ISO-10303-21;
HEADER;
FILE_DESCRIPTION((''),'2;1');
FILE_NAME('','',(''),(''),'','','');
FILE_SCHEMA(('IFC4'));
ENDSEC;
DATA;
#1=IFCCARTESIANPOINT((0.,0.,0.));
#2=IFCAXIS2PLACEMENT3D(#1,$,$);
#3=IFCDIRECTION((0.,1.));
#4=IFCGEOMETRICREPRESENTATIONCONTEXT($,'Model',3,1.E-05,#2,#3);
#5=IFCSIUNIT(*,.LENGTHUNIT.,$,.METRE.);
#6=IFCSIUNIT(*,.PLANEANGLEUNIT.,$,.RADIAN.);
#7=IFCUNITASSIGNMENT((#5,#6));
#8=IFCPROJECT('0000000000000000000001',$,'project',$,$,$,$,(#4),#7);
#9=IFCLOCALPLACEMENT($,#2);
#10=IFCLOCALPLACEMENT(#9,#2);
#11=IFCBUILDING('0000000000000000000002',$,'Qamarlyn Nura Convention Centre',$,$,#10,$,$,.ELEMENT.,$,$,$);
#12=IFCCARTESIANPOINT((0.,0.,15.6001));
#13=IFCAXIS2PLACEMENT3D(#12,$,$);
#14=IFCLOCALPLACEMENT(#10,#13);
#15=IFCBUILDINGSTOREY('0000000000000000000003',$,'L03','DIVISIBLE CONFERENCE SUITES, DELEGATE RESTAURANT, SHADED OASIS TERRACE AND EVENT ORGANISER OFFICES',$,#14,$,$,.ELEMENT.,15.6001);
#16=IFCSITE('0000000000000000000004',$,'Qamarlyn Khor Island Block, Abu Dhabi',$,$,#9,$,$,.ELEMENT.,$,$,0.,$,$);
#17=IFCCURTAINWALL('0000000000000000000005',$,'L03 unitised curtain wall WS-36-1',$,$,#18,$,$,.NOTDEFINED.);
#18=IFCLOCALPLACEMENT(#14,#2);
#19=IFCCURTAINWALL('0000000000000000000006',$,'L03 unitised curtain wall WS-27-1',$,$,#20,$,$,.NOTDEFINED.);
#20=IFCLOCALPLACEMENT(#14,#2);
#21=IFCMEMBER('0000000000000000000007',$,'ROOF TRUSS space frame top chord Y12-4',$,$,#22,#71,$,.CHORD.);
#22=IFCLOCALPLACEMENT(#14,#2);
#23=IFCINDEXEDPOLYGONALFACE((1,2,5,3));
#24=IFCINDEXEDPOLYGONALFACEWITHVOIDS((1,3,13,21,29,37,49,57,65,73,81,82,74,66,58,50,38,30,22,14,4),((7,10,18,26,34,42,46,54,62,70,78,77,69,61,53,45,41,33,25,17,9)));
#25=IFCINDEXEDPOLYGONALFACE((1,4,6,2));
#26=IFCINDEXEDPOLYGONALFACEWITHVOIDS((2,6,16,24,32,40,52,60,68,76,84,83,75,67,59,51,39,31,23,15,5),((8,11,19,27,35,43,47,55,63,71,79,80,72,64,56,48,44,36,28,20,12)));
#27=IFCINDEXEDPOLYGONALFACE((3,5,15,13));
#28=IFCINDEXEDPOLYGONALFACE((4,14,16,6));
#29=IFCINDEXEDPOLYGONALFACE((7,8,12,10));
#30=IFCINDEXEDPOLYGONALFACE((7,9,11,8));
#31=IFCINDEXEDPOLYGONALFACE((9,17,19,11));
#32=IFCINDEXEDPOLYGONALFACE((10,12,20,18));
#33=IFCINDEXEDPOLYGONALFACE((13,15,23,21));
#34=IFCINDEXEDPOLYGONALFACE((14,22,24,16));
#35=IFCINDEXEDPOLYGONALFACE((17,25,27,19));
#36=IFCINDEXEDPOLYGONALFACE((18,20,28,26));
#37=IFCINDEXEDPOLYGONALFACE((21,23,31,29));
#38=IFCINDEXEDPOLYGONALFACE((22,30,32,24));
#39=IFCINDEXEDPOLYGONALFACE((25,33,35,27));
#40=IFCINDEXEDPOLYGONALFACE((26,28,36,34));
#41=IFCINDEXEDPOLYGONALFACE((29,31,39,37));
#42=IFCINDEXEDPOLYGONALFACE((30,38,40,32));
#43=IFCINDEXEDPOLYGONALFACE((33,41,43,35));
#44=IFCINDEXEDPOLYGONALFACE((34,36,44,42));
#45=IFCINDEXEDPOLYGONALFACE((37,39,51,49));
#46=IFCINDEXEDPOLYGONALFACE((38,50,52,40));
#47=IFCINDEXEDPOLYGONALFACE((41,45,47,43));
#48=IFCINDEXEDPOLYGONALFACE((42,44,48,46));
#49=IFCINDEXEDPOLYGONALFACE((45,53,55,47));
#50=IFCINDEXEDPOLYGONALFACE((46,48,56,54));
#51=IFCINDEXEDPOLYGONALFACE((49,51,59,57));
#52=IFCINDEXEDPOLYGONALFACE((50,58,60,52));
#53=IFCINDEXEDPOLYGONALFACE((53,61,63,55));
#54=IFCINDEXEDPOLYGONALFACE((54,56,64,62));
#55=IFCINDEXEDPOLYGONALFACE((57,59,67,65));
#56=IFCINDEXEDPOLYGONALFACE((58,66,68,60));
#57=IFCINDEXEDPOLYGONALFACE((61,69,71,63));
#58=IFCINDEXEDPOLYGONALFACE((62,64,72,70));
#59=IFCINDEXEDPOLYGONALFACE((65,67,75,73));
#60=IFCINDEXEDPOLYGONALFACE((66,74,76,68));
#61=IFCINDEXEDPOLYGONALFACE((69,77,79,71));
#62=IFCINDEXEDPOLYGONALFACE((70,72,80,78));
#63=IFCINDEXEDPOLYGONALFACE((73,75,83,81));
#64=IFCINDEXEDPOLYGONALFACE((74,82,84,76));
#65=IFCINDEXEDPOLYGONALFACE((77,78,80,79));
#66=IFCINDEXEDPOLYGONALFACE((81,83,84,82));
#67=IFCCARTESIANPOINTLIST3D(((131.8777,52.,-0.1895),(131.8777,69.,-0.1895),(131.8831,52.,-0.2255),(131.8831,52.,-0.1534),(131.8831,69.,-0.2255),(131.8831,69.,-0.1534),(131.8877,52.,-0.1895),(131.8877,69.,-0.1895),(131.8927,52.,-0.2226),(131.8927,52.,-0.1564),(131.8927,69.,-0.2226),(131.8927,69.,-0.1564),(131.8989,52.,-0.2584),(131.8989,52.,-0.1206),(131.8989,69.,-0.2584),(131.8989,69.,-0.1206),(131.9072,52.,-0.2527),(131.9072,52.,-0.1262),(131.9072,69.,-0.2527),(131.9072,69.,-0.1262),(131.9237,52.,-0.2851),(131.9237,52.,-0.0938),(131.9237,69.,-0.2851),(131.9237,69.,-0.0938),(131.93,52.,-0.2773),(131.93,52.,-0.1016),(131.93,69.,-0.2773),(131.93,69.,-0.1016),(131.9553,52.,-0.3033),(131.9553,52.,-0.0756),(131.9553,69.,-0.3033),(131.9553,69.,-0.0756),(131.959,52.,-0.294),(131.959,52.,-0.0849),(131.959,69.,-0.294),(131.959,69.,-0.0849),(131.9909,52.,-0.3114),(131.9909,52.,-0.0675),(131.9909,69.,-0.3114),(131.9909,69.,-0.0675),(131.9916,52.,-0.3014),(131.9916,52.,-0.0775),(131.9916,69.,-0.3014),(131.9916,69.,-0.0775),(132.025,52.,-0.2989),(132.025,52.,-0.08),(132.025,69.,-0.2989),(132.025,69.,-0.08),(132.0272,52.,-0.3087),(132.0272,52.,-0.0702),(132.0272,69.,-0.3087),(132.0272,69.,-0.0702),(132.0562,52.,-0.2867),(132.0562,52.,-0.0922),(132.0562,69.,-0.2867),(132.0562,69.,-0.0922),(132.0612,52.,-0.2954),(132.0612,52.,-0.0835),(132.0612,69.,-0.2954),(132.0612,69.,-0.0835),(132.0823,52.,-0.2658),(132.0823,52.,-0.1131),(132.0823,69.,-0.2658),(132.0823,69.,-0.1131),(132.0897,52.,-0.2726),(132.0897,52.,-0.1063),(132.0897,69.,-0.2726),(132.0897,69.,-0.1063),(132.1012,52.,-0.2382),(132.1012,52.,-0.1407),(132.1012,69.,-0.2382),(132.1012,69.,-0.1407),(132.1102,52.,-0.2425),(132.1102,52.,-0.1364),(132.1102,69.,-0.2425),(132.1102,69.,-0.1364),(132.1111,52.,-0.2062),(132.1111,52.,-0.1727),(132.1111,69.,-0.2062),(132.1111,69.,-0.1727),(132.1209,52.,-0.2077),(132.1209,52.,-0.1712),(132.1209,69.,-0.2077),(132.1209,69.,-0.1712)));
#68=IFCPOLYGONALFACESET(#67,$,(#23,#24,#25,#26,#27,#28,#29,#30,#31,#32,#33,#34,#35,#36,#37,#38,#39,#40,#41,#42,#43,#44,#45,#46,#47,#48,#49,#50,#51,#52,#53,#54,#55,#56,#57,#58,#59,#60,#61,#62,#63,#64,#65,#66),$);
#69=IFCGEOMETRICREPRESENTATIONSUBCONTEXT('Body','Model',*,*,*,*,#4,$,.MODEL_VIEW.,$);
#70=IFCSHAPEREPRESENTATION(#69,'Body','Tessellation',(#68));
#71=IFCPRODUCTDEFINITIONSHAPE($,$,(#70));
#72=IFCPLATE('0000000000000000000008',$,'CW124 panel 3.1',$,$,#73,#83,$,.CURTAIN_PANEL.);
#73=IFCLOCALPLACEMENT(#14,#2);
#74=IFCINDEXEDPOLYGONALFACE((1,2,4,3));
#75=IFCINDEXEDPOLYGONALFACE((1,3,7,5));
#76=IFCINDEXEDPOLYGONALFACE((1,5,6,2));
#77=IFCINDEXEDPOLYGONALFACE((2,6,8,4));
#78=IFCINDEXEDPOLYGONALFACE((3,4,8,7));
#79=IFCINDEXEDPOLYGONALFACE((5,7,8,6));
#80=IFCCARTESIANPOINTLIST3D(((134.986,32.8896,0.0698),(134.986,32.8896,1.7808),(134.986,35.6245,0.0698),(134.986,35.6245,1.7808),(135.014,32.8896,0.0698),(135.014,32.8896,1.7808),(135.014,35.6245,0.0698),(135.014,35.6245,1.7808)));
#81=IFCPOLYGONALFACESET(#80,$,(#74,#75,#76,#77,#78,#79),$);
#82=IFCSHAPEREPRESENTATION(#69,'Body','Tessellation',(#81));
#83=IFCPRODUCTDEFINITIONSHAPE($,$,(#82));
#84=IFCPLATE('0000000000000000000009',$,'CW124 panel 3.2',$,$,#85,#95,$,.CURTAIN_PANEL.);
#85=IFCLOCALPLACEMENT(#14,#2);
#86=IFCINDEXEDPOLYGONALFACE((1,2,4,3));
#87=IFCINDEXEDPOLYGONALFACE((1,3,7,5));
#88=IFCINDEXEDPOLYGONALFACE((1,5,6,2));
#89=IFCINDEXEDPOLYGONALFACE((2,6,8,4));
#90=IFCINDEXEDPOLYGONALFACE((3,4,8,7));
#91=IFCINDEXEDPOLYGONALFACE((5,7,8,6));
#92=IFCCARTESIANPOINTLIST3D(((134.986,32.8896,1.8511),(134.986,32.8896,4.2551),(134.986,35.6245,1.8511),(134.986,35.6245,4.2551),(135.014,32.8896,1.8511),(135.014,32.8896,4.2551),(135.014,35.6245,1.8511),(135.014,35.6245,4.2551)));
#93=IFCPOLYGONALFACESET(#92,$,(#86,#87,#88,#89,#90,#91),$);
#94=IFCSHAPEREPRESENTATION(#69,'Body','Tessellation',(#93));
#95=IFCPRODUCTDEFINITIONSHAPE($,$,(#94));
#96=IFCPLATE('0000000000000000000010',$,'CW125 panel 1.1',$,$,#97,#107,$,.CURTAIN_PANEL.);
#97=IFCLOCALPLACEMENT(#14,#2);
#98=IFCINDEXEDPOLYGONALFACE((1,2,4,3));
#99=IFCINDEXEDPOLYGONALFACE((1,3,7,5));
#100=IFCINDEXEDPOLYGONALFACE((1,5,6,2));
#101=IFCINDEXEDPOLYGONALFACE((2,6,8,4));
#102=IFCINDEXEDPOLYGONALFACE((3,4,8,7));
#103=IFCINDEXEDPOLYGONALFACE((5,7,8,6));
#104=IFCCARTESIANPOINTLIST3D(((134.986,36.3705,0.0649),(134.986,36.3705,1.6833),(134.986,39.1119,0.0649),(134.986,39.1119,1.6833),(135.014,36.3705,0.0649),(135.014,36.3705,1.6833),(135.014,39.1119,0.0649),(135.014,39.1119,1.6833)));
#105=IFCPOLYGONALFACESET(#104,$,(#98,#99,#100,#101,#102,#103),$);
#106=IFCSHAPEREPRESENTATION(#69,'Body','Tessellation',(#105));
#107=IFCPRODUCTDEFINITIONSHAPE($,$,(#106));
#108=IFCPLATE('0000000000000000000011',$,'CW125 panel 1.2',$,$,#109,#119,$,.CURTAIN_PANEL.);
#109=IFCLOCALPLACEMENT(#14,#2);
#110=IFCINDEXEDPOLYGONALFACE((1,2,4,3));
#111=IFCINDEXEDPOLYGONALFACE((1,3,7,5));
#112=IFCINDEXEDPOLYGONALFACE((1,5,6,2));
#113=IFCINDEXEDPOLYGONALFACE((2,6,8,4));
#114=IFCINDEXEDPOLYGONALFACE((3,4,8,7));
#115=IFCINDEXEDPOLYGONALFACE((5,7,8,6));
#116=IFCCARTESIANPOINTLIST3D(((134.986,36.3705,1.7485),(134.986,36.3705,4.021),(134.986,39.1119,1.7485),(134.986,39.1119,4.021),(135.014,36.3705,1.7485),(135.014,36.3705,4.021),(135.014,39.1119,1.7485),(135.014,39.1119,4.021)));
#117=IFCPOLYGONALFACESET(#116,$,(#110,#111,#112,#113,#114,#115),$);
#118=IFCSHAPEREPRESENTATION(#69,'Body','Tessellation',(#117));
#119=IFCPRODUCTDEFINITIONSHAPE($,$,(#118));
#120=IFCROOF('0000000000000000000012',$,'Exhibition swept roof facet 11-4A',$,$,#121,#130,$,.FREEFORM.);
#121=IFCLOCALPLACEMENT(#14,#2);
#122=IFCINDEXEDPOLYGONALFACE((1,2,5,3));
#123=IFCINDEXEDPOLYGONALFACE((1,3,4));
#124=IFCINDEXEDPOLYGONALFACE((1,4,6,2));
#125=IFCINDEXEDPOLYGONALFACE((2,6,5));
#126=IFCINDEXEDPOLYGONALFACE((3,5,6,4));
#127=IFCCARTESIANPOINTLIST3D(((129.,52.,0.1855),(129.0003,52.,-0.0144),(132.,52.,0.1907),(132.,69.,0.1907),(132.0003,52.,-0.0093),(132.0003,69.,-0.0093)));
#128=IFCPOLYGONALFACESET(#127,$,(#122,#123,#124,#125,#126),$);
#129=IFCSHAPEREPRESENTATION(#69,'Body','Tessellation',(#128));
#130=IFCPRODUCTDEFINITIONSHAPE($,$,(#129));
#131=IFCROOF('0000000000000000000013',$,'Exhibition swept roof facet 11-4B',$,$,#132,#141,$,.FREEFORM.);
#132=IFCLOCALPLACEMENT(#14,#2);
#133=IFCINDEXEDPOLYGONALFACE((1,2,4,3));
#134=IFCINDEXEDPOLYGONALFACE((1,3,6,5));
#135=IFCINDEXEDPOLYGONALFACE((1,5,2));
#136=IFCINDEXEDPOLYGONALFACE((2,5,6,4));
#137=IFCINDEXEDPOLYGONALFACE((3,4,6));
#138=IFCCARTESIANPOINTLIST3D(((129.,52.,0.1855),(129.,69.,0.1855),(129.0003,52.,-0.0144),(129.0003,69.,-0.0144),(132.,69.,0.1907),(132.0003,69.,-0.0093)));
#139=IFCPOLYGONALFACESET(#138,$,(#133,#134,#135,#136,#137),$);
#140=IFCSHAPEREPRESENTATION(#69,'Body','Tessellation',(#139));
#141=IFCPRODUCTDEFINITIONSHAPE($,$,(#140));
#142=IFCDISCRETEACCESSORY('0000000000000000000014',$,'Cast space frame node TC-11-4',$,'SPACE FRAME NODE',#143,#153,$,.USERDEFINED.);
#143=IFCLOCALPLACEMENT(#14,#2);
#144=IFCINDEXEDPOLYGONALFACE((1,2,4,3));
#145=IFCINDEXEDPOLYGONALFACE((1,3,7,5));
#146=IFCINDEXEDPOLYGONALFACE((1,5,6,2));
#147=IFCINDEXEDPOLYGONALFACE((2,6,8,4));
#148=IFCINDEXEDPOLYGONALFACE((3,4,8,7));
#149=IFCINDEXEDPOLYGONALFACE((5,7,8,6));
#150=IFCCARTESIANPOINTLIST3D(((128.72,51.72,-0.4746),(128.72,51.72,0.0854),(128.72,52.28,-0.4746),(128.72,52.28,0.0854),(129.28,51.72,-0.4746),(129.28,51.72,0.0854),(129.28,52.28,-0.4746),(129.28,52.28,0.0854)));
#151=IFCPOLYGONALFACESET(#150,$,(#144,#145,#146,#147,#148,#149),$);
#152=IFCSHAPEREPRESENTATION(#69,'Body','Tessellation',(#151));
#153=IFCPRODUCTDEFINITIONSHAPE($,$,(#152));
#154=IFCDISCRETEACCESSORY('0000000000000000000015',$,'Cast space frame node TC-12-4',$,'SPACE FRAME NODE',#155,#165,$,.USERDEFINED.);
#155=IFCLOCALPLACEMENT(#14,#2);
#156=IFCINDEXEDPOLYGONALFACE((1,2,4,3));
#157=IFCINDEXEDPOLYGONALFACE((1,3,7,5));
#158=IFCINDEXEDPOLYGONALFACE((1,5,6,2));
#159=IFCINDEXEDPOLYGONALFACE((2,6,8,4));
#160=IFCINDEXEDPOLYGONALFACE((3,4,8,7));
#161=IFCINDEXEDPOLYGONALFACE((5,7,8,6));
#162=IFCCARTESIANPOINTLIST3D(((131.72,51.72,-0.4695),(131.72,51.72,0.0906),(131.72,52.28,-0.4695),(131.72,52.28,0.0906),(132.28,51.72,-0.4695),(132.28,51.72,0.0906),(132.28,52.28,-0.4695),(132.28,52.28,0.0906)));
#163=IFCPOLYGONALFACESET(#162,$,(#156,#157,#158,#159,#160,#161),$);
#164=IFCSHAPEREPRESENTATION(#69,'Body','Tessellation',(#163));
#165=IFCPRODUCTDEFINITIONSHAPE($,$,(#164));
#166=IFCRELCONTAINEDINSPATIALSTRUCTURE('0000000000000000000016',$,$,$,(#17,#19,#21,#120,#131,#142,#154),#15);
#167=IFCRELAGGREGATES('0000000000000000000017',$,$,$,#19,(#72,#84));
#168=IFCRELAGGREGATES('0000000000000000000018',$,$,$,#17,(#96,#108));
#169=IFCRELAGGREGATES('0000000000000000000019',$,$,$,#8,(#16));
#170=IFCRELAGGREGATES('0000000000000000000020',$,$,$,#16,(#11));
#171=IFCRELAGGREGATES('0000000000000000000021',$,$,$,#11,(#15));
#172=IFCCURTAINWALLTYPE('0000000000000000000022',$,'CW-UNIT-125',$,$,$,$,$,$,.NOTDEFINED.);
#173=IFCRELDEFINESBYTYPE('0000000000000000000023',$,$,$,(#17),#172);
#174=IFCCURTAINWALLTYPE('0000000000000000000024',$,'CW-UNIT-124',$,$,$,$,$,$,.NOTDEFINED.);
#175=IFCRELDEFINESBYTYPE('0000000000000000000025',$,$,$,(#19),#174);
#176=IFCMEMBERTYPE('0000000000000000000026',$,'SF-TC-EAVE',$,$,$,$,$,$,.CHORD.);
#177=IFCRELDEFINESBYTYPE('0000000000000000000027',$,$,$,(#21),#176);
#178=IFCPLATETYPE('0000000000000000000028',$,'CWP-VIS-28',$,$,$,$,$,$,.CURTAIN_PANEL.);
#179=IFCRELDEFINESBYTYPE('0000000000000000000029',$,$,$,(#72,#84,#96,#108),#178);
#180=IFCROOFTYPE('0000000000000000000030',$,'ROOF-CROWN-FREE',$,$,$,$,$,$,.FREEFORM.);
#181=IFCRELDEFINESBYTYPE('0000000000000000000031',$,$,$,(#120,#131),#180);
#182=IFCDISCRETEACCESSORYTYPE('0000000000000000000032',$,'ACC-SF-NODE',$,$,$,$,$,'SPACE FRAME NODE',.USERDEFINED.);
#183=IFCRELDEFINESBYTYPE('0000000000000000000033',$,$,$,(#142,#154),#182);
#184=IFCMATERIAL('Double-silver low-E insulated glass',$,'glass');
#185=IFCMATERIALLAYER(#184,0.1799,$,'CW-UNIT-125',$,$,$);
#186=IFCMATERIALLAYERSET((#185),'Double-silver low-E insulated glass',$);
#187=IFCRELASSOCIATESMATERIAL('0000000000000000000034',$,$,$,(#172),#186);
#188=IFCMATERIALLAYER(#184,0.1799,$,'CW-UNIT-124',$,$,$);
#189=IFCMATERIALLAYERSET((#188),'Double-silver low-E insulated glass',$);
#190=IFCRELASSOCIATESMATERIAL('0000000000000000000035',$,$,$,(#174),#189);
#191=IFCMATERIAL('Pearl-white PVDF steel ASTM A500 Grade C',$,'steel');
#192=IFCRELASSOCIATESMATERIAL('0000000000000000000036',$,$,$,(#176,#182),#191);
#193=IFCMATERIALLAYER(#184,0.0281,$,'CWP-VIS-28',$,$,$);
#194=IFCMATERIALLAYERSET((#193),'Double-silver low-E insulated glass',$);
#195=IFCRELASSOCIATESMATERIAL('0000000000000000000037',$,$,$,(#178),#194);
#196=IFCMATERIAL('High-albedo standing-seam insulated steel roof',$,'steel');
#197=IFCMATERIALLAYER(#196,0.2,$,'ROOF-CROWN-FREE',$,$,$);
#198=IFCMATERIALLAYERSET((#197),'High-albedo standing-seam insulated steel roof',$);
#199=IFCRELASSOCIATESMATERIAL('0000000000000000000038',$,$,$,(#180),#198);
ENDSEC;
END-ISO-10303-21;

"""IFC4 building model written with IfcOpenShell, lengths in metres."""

from ifc_helpers import new_model, si_unit, direction, frame, origin, origin_2d, place, context, subcontext, project, spatial, polyline, rectangle, hollow_circle, outline, extrude, material, layer, layer_set, material_profile, profile_set, type_object, element, aggregate, save


model = new_model("IFC4")

# Units and contexts
model_context = context("Model", 3, precision=1e-05, world=origin(), true_north=direction((0.0, 1.0)))
body_context = subcontext(model_context, "Body", "Model", "MODEL_VIEW")
ifc_project = project(units=[si_unit("LENGTHUNIT", "METRE"), si_unit("PLANEANGLEUNIT", "RADIAN")], contexts=[model_context])

# Site, building, storey
site_placement = place(None, origin())
site = spatial("IfcSite", under=ifc_project, at=site_placement, Name="Qamarlyn Khor Island Block, Abu Dhabi", CompositionType="ELEMENT", RefElevation=0.0)
building_placement = place(site_placement, origin())
building = spatial("IfcBuilding", under=site, at=building_placement, Name="Qamarlyn Nura Convention Centre", CompositionType="ELEMENT")
storey_placement = place(building_placement, frame((0.0, 0.0, 15.6001)))
storey = spatial("IfcBuildingStorey", under=building, at=storey_placement, Name="L03", Description="DIVISIBLE CONFERENCE SUITES, DELEGATE RESTAURANT, SHADED OASIS TERRACE AND EVENT ORGANISER OFFICES", CompositionType="ELEMENT", Elevation=15.6001)

# Curtain wall
ifc_material_1 = material(Name="Double-silver low-E insulated glass", Category="glass")
ifc_layer_1 = layer(ifc_material_1, 0.1799, Name="CW-UNIT-125")
ifc_layer_set_1 = layer_set([ifc_layer_1], Name="Double-silver low-E insulated glass")
curtain_wall_type_1 = type_object("IfcCurtainWallType", Name="CW-UNIT-125", PredefinedType="NOTDEFINED", material=ifc_layer_set_1)
curtain_wall_1_placement = place(storey_placement, origin())
curtain_wall_1 = element("IfcCurtainWall", 1, at=curtain_wall_1_placement, inside=storey, type_object=curtain_wall_type_1, Name="L03 unitised curtain wall WS-36-1", PredefinedType="NOTDEFINED")

# Curtain wall
ifc_layer_2 = layer(ifc_material_1, 0.1799, Name="CW-UNIT-124")
ifc_layer_set_2 = layer_set([ifc_layer_2], Name="Double-silver low-E insulated glass")
curtain_wall_type_2 = type_object("IfcCurtainWallType", Name="CW-UNIT-124", PredefinedType="NOTDEFINED", material=ifc_layer_set_2)
curtain_wall_2_placement = place(storey_placement, origin())
curtain_wall_2 = element("IfcCurtainWall", 2, at=curtain_wall_2_placement, inside=storey, type_object=curtain_wall_type_2, Name="L03 unitised curtain wall WS-27-1", PredefinedType="NOTDEFINED")

# Member
ifc_material_2 = material(Name="Pearl-white PVDF steel ASTM A500 Grade C", Category="steel")
ifc_material_profile_1 = material_profile(ifc_material_2, hollow_circle(Radius=0.1223, WallThickness=0.01, at=origin_2d()), Name="CHS244.5X10")
ifc_profile_set_1 = profile_set([ifc_material_profile_1], Name="Pearl-white PVDF steel ASTM A500 Grade C")
member_type_1 = type_object("IfcMemberType", Name="SF-TC-EAVE", PredefinedType="CHORD", material=ifc_profile_set_1)
for number, where, z_axis, x_axis, name in (
    (3, (132.0, 52.0, -0.1895), (0.0, 1.0, 0.0), (-1.0, 0.0, 0.0), "ROOF TRUSS space frame top chord Y12-4"),
):
    element("IfcMember", number, at=place(storey_placement, frame(where, z_axis=z_axis, x_axis=x_axis)), inside=storey, type_object=member_type_1, Name=name, PredefinedType="CHORD", context=body_context, shape_type="SweptSolid", body=[
        extrude(hollow_circle(Radius=0.1223, WallThickness=0.01, at=origin_2d()), origin(), (0.0, 0.0, 1.0), 17.0),
    ])

# Plates
ifc_layer_3 = layer(ifc_material_1, 0.0281, Name="CWP-VIS-28")
ifc_layer_set_3 = layer_set([ifc_layer_3], Name="Double-silver low-E insulated glass")
plate_type = type_object("IfcPlateType", Name="CWP-VIS-28", PredefinedType="CURTAIN_PANEL", material=ifc_layer_set_3)
plate_1_placement = place(storey_placement, frame((135.0, 34.2571, 0.0698), z_axis=(0.0, 0.0, 1.0), x_axis=(0.0, 1.0, 0.0)))
plate_1 = element("IfcPlate", 4, at=plate_1_placement, type_object=plate_type, Name="CW124 panel 3.1", PredefinedType="CURTAIN_PANEL", context=body_context, shape_type="SweptSolid", body=[
    extrude(rectangle(XDim=2.7349, YDim=0.0281, at=origin_2d()), origin(), (0.0, 0.0, 1.0), 1.7109),
])
plate_2_placement = place(storey_placement, frame((135.0, 34.2571, 1.8511), z_axis=(0.0, 0.0, 1.0), x_axis=(0.0, 1.0, 0.0)))
plate_2 = element("IfcPlate", 5, at=plate_2_placement, type_object=plate_type, Name="CW124 panel 3.2", PredefinedType="CURTAIN_PANEL", context=body_context, shape_type="SweptSolid", body=[
    extrude(rectangle(XDim=2.7349, YDim=0.0281, at=origin_2d()), origin(), (0.0, 0.0, 1.0), 2.4041),
])
aggregate(curtain_wall_2, [plate_1, plate_2])
plate_3_placement = place(storey_placement, frame((135.0, 37.7412, 0.0649), z_axis=(0.0, 0.0, 1.0), x_axis=(0.0, 1.0, 0.0)))
plate_3 = element("IfcPlate", 6, at=plate_3_placement, type_object=plate_type, Name="CW125 panel 1.1", PredefinedType="CURTAIN_PANEL", context=body_context, shape_type="SweptSolid", body=[
    extrude(rectangle(XDim=2.7415, YDim=0.0281, at=origin_2d()), origin(), (0.0, 0.0, 1.0), 1.6184),
])
plate_4_placement = place(storey_placement, frame((135.0, 37.7412, 1.7485), z_axis=(0.0, 0.0, 1.0), x_axis=(0.0, 1.0, 0.0)))
plate_4 = element("IfcPlate", 7, at=plate_4_placement, type_object=plate_type, Name="CW125 panel 1.2", PredefinedType="CURTAIN_PANEL", context=body_context, shape_type="SweptSolid", body=[
    extrude(rectangle(XDim=2.7415, YDim=0.0281, at=origin_2d()), origin(), (0.0, 0.0, 1.0), 2.2725),
])
aggregate(curtain_wall_1, [plate_3, plate_4])

# Roofs
ifc_material_3 = material(Name="High-albedo standing-seam insulated steel roof", Category="steel")
ifc_layer_4 = layer(ifc_material_3, 0.2, Name="ROOF-CROWN-FREE")
ifc_layer_set_4 = layer_set([ifc_layer_4], Name="High-albedo standing-seam insulated steel roof")
roof_type = type_object("IfcRoofType", Name="ROOF-CROWN-FREE", PredefinedType="FREEFORM", material=ifc_layer_set_4)
roof_1_placement = place(storey_placement, frame((129.0, 52.0, 0.1855), z_axis=(-0.001709, 0.0, 0.999999), x_axis=(0.999999, 0.0, 0.001709)))
element("IfcRoof", 8, at=roof_1_placement, inside=storey, type_object=roof_type, Name="Exhibition swept roof facet 11-4A", PredefinedType="FREEFORM", context=body_context, shape_type="SweptSolid", body=[
    extrude(outline(polyline([(0.0, 0.0), (3.0, 0.0), (3.0, 17.0), (0.0, 0.0)])), origin(), (0.0, 0.0, -1.0), 0.2),
])
roof_2_placement = place(storey_placement, frame((129.0, 52.0, 0.1855), z_axis=(-0.001709, 0.0, 0.999999), x_axis=(0.173785, 0.984784, 0.000297)))
element("IfcRoof", 9, at=roof_2_placement, inside=storey, type_object=roof_type, Name="Exhibition swept roof facet 11-4B", PredefinedType="FREEFORM", context=body_context, shape_type="SweptSolid", body=[
    extrude(outline(polyline([(0.0, 0.0), (17.2627, 0.0), (16.7413, 2.9544), (0.0, 0.0)])), origin(), (0.0, 0.0, -1.0), 0.2),
])

# Discrete accessories
discrete_accessory_type = type_object("IfcDiscreteAccessoryType", Name="ACC-SF-NODE", ElementType="SPACE FRAME NODE", PredefinedType="USERDEFINED", material=ifc_material_2)
for number, where, z_axis, x_axis, name in (
    (10, (129.0, 52.0, -0.4746), (0.0, 0.0, 1.0), (1.0, 0.0, 0.0), "Cast space frame node TC-11-4"),
    (11, (132.0, 52.0, -0.4695), (0.0, 0.0, 1.0), (1.0, 0.0, 0.0), "Cast space frame node TC-12-4"),
):
    element("IfcDiscreteAccessory", number, at=place(storey_placement, frame(where, z_axis=z_axis, x_axis=x_axis)), inside=storey, type_object=discrete_accessory_type, Name=name, ObjectType="SPACE FRAME NODE", PredefinedType="USERDEFINED", context=body_context, shape_type="SweptSolid", body=[
        extrude(rectangle(XDim=0.5601, YDim=0.5601, at=origin_2d()), origin(), (0.0, 0.0, 1.0), 0.5601),
    ])

save(model, "model.ifc")
